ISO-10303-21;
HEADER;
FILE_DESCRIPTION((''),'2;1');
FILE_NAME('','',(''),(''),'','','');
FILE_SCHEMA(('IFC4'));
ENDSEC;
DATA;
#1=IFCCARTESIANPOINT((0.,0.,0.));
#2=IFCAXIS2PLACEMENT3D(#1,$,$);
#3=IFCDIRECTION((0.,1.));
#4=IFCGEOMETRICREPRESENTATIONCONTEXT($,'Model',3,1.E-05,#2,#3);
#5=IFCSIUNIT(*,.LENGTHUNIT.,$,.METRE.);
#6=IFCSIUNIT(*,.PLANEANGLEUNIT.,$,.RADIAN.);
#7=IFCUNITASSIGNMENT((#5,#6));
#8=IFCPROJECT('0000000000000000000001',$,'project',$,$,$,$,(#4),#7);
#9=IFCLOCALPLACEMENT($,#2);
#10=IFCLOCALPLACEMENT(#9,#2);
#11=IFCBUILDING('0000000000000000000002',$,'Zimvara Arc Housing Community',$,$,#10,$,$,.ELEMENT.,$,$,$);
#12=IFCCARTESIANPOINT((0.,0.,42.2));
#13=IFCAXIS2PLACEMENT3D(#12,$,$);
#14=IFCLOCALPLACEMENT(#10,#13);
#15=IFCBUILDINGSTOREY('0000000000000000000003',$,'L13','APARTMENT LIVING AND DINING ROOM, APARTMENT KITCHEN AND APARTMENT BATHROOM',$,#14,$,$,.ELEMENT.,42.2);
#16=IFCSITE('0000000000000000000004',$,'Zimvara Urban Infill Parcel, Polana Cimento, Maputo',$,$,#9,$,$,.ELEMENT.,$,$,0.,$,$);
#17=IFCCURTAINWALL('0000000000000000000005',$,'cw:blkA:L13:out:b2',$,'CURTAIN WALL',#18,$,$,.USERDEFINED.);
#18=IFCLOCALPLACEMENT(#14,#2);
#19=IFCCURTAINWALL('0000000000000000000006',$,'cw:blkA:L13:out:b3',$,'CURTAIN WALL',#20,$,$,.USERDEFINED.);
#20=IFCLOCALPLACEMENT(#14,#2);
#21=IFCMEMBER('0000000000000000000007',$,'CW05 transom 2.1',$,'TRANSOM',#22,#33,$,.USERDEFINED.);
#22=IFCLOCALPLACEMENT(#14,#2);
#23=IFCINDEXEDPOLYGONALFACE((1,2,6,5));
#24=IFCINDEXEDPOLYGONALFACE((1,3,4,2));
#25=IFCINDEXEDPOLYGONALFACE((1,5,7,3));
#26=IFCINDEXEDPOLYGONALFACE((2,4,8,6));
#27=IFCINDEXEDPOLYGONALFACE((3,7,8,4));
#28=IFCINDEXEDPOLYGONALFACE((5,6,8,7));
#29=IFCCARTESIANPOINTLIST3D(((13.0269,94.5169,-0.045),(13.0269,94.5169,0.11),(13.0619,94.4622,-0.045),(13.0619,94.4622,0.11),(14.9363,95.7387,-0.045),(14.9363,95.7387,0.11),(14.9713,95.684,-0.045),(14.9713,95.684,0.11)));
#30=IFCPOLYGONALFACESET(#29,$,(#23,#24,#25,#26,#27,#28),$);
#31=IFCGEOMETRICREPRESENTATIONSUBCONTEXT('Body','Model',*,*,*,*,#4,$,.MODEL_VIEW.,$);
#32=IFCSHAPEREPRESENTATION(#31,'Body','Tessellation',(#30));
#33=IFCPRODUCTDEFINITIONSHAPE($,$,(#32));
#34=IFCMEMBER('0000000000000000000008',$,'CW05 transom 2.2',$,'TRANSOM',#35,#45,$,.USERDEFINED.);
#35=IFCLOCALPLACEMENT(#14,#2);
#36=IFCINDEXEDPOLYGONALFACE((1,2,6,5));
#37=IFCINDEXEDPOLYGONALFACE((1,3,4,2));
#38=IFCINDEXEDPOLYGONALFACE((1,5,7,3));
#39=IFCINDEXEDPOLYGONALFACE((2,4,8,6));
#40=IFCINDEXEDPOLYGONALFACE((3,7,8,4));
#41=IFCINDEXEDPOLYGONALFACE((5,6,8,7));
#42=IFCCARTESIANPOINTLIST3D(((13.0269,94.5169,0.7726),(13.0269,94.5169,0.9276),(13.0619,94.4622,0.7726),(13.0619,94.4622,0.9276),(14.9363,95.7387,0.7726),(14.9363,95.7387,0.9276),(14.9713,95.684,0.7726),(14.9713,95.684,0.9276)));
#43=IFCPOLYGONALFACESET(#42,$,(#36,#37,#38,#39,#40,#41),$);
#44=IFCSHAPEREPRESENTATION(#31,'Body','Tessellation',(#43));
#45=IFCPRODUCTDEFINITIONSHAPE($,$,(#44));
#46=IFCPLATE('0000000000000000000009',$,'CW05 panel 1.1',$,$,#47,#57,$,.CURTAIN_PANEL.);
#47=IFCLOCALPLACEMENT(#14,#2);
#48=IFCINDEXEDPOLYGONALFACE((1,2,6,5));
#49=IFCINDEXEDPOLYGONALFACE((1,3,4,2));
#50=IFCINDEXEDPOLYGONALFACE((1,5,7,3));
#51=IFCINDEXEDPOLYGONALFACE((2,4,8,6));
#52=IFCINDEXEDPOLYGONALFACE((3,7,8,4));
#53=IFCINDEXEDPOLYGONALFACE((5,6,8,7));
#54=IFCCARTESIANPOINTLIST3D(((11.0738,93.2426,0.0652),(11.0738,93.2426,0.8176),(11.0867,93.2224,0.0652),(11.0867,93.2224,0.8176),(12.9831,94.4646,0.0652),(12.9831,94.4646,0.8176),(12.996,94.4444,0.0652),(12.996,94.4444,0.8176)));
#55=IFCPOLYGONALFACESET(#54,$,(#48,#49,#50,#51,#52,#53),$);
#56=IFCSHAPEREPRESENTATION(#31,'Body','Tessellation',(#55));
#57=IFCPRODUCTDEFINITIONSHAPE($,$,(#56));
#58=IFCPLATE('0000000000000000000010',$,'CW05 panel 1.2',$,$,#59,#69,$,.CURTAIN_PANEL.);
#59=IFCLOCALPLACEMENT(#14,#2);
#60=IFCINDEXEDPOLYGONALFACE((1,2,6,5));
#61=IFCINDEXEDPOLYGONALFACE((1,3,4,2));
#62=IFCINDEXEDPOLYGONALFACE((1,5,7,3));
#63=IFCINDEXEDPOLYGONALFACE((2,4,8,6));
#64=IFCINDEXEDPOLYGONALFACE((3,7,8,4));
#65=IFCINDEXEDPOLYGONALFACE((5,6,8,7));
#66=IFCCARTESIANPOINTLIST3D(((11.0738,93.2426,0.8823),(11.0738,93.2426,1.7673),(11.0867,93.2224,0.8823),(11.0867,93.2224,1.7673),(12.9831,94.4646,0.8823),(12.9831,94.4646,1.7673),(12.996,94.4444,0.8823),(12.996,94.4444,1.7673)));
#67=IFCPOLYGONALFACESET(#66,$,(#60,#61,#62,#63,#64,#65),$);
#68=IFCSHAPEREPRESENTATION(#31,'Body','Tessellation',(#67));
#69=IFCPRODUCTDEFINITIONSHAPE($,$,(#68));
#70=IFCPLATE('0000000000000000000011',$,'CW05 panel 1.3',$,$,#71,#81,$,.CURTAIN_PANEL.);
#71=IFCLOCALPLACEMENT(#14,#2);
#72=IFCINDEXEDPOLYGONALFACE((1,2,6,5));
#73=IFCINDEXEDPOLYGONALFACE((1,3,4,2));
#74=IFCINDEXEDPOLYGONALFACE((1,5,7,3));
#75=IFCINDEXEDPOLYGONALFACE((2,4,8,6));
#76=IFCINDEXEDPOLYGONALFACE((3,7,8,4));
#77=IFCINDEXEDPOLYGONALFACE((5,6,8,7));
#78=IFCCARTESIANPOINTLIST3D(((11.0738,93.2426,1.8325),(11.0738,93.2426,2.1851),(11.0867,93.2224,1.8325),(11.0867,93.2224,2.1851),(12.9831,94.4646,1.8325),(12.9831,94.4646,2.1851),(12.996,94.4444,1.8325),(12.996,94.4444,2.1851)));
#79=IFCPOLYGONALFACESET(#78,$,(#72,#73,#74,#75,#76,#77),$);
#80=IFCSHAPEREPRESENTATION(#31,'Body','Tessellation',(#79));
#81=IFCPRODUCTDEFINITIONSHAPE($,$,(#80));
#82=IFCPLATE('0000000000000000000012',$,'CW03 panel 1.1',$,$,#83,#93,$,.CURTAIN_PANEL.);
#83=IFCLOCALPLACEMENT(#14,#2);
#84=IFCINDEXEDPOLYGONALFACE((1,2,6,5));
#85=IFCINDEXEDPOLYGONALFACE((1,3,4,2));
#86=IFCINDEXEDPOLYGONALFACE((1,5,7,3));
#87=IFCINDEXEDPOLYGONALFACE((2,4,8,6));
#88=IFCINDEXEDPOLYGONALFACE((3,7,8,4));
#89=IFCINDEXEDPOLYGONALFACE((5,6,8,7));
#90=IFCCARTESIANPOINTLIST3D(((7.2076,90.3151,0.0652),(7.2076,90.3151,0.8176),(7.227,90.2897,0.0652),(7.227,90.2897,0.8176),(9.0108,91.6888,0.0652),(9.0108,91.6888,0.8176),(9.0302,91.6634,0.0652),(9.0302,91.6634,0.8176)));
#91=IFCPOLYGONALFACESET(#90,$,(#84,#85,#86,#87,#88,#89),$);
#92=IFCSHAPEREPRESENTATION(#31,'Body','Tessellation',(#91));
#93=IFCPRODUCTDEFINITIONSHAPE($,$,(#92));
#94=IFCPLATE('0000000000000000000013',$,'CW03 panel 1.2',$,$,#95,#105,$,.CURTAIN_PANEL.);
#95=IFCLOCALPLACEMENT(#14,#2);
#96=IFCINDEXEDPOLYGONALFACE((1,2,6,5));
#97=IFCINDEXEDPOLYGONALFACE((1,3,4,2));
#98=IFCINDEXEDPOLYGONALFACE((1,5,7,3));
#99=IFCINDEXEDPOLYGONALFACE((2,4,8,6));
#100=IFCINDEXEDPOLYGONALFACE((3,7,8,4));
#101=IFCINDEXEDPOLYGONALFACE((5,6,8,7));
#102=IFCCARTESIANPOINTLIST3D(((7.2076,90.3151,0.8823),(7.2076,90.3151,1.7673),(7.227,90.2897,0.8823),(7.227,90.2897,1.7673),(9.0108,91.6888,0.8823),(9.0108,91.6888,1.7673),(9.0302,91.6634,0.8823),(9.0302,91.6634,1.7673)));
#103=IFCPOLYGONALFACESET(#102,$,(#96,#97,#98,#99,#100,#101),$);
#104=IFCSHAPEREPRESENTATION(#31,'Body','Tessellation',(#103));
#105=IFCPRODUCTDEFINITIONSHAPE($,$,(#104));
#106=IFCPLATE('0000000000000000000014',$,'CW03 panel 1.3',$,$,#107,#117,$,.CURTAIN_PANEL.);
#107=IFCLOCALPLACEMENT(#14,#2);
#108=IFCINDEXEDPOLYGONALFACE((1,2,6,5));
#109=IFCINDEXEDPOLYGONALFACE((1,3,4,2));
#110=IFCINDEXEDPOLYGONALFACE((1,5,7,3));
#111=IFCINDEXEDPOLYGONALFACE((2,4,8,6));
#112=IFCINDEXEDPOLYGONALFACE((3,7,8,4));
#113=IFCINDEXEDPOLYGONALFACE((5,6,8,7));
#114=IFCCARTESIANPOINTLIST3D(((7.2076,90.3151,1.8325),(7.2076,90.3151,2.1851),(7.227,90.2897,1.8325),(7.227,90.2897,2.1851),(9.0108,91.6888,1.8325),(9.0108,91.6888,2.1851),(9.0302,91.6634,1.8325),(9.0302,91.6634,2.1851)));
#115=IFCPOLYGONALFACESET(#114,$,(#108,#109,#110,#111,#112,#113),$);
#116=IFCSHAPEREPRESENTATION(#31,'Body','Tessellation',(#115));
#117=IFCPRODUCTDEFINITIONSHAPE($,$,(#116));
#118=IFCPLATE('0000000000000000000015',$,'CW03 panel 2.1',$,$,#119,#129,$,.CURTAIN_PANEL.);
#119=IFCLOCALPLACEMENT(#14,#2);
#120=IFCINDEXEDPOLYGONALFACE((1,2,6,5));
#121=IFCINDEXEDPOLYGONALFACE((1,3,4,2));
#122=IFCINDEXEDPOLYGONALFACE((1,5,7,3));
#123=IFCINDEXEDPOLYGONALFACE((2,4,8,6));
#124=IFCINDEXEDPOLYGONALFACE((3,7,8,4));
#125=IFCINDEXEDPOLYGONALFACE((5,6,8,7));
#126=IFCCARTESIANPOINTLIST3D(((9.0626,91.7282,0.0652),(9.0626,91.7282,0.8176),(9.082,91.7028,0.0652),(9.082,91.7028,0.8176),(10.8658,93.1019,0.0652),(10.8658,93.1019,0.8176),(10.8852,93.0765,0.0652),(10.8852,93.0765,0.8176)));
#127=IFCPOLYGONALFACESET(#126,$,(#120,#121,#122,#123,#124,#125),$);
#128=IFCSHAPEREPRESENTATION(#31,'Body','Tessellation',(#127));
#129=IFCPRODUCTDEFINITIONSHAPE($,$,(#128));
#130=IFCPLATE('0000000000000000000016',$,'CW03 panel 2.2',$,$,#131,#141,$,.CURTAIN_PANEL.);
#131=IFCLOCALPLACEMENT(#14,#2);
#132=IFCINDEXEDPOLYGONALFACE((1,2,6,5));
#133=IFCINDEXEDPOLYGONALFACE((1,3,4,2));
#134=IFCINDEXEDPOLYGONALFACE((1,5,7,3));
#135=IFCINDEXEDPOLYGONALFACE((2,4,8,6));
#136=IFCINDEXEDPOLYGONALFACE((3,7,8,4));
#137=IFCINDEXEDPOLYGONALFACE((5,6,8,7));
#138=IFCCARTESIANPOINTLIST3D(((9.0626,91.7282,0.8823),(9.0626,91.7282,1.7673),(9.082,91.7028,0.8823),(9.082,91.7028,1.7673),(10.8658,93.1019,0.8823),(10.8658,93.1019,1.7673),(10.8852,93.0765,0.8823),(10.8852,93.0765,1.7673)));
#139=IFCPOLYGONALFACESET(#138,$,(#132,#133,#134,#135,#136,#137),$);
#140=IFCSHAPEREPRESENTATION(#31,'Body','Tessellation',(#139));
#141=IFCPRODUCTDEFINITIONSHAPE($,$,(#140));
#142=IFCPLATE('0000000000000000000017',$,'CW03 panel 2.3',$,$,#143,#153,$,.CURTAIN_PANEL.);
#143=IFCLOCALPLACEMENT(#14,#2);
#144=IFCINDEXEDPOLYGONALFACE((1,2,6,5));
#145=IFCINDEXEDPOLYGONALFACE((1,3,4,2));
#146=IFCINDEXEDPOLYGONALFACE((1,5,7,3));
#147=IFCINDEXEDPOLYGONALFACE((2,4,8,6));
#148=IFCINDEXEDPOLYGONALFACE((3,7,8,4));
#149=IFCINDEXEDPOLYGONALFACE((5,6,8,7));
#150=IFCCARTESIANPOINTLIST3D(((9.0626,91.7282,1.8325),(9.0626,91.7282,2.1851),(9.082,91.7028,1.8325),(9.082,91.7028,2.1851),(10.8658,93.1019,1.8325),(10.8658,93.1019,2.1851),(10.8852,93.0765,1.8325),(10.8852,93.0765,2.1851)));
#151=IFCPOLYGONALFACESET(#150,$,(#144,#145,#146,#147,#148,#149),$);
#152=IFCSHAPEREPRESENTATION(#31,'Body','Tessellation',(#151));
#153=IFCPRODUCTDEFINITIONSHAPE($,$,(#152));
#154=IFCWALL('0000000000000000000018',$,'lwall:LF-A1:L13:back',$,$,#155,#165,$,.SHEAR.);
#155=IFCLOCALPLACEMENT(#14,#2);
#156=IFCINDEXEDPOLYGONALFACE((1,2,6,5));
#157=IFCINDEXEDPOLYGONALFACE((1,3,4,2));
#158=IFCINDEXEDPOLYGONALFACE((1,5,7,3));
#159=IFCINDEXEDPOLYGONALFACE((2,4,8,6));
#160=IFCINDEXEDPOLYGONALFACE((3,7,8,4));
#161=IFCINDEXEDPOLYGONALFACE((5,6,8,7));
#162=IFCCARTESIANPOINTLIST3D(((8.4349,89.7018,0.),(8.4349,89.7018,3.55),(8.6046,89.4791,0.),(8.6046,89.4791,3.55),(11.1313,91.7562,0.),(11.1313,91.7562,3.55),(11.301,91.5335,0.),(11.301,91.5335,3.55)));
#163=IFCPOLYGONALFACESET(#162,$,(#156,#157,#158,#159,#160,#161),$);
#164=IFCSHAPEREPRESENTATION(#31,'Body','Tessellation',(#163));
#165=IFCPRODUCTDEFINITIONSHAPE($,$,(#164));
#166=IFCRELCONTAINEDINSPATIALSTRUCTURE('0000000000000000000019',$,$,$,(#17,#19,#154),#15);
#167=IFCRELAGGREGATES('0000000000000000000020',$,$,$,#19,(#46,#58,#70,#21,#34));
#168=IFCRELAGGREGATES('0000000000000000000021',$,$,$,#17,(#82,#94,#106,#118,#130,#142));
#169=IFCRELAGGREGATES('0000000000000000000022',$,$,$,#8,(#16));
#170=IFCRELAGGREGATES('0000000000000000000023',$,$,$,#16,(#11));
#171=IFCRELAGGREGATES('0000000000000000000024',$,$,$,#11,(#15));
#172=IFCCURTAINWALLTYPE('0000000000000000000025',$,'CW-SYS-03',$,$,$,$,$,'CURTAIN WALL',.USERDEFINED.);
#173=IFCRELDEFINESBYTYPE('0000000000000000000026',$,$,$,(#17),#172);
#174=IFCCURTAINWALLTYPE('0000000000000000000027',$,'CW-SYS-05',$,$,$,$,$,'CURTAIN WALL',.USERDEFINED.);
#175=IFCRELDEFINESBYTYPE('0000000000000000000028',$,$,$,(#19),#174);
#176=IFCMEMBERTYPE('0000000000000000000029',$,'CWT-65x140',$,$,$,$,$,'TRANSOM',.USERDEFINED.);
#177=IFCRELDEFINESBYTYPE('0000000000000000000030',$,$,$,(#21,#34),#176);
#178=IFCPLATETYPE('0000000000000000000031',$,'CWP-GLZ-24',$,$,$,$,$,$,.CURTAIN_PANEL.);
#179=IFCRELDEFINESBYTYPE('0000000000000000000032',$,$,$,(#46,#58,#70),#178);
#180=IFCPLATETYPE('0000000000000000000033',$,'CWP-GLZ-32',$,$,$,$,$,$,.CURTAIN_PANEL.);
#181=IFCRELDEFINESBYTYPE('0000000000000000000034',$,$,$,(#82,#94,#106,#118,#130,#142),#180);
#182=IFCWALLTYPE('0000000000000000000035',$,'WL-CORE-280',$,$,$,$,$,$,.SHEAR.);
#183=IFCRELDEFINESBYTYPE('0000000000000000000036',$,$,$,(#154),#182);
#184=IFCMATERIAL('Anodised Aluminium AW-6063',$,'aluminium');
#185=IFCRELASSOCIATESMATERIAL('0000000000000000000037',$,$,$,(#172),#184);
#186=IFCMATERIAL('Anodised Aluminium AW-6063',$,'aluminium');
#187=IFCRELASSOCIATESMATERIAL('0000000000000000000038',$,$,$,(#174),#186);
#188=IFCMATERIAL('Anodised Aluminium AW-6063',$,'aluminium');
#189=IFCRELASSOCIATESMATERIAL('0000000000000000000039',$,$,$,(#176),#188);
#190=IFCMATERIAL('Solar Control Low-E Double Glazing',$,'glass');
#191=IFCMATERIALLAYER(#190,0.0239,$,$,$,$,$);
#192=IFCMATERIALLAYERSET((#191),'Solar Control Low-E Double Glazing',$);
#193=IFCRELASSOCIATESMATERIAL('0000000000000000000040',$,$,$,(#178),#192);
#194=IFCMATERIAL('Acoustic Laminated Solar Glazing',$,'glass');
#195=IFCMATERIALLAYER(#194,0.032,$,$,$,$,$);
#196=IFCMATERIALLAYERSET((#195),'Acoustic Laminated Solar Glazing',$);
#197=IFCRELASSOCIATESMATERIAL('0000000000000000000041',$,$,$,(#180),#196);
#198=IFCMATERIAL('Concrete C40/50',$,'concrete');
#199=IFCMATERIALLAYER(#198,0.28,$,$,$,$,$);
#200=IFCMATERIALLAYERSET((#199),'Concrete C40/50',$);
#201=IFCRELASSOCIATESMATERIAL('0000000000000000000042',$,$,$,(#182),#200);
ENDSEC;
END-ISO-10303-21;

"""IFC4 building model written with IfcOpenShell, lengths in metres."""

from ifc_helpers import new_model, si_unit, direction, frame, frame_2d, origin, origin_2d, place, context, subcontext, project, spatial, rectangle, extrude, material, layer, layer_set, material_profile, profile_set, type_object, element, aggregate, save


model = new_model("IFC4")

# Units and contexts
model_context = context("Model", 3, precision=1e-05, world=origin(), true_north=direction((0.0, 1.0)))
body_context = subcontext(model_context, "Body", "Model", "MODEL_VIEW")
ifc_project = project(units=[si_unit("LENGTHUNIT", "METRE"), si_unit("PLANEANGLEUNIT", "RADIAN")], contexts=[model_context])

# Site, building, storey
site_placement = place(None, origin())
site = spatial("IfcSite", under=ifc_project, at=site_placement, Name="Zimvara Urban Infill Parcel, Polana Cimento, Maputo", CompositionType="ELEMENT", RefElevation=0.0)
building_placement = place(site_placement, origin())
building = spatial("IfcBuilding", under=site, at=building_placement, Name="Zimvara Arc Housing Community", CompositionType="ELEMENT")
storey_placement = place(building_placement, frame((0.0, 0.0, 42.2)))
storey = spatial("IfcBuildingStorey", under=building, at=storey_placement, Name="L13", Description="APARTMENT LIVING AND DINING ROOM, APARTMENT KITCHEN AND APARTMENT BATHROOM", CompositionType="ELEMENT", Elevation=42.2)

# Curtain walls
ifc_material_1 = material(Name="Anodised Aluminium AW-6063", Category="aluminium")
curtain_wall_type_1 = type_object("IfcCurtainWallType", Name="CW-SYS-03", ElementType="CURTAIN WALL", PredefinedType="USERDEFINED", material=ifc_material_1)
curtain_wall_1_placement = place(storey_placement, origin())
curtain_wall_1 = element("IfcCurtainWall", 1, at=curtain_wall_1_placement, inside=storey, type_object=curtain_wall_type_1, Name="cw:blkA:L13:out:b2", ObjectType="CURTAIN WALL", PredefinedType="USERDEFINED")
ifc_material_2 = material(Name="Anodised Aluminium AW-6063", Category="aluminium")
curtain_wall_type_2 = type_object("IfcCurtainWallType", Name="CW-SYS-05", ElementType="CURTAIN WALL", PredefinedType="USERDEFINED", material=ifc_material_2)
curtain_wall_2_placement = place(storey_placement, origin())
curtain_wall_2 = element("IfcCurtainWall", 2, at=curtain_wall_2_placement, inside=storey, type_object=curtain_wall_type_2, Name="cw:blkA:L13:out:b3", ObjectType="CURTAIN WALL", PredefinedType="USERDEFINED")

# Members
ifc_material_3 = material(Name="Anodised Aluminium AW-6063", Category="aluminium")
ifc_material_profile_1 = material_profile(ifc_material_3, rectangle(XDim=0.0649, YDim=0.155, at=origin_2d()), Name="ALU 65x155")
ifc_profile_set_1 = profile_set([ifc_material_profile_1], Name="Anodised Aluminium AW-6063")
member_type_1 = type_object("IfcMemberType", Name="CWT-65x140", ElementType="TRANSOM", PredefinedType="USERDEFINED", material=ifc_profile_set_1)
member_1_placement = place(storey_placement, frame((13.0444, 94.4895, 0.0325), z_axis=(0.842293, 0.53902, 0.0), x_axis=(-0.53902, 0.842293, 0.0)))
member_1 = element("IfcMember", 3, at=member_1_placement, type_object=member_type_1, Name="CW05 transom 2.1", ObjectType="TRANSOM", PredefinedType="USERDEFINED", context=body_context, shape_type="SweptSolid", body=[
    extrude(rectangle(XDim=0.0649, YDim=0.155, at=origin_2d()), origin(), (0.0, 0.0, 1.0), 2.2668),
])
member_2_placement = place(storey_placement, frame((13.0444, 94.4895, 0.8501), z_axis=(0.842293, 0.53902, 0.0), x_axis=(-0.53902, 0.842293, 0.0)))
member_2 = element("IfcMember", 4, at=member_2_placement, type_object=member_type_1, Name="CW05 transom 2.2", ObjectType="TRANSOM", PredefinedType="USERDEFINED", context=body_context, shape_type="SweptSolid", body=[
    extrude(rectangle(XDim=0.0649, YDim=0.155, at=origin_2d()), origin(), (0.0, 0.0, 1.0), 2.2668),
])

# Plates
ifc_material_4 = material(Name="Solar Control Low-E Double Glazing", Category="glass")
ifc_layer_1 = layer(ifc_material_4, 0.0239)
ifc_layer_set_1 = layer_set([ifc_layer_1], Name="Solar Control Low-E Double Glazing")
plate_type_1 = type_object("IfcPlateType", Name="CWP-GLZ-24", PredefinedType="CURTAIN_PANEL", material=ifc_layer_set_1)
plate_1_placement = place(storey_placement, frame((12.0349, 93.8435, 0.0652), z_axis=(0.0, 0.0, 1.0), x_axis=(0.842264, 0.539065, 0.0)))
plate_1 = element("IfcPlate", 5, at=plate_1_placement, type_object=plate_type_1, Name="CW05 panel 1.1", PredefinedType="CURTAIN_PANEL", context=body_context, shape_type="SweptSolid", body=[
    extrude(rectangle(XDim=2.2668, YDim=0.0239, at=origin_2d()), origin(), (0.0, 0.0, 1.0), 0.7524),
])
plate_2_placement = place(storey_placement, frame((12.0349, 93.8435, 0.8823), z_axis=(0.0, 0.0, 1.0), x_axis=(0.842264, 0.539065, 0.0)))
plate_2 = element("IfcPlate", 6, at=plate_2_placement, type_object=plate_type_1, Name="CW05 panel 1.2", PredefinedType="CURTAIN_PANEL", context=body_context, shape_type="SweptSolid", body=[
    extrude(rectangle(XDim=2.2668, YDim=0.0239, at=origin_2d()), origin(), (0.0, 0.0, 1.0), 0.885),
])
plate_3_placement = place(storey_placement, frame((12.0349, 93.8435, 1.8325), z_axis=(0.0, 0.0, 1.0), x_axis=(0.842264, 0.539065, 0.0)))
plate_3 = element("IfcPlate", 7, at=plate_3_placement, type_object=plate_type_1, Name="CW05 panel 1.3", PredefinedType="CURTAIN_PANEL", context=body_context, shape_type="SweptSolid", body=[
    extrude(rectangle(XDim=2.2668, YDim=0.0239, at=origin_2d()), origin(), (0.0, 0.0, 1.0), 0.3525),
])
aggregate(curtain_wall_2, [plate_1, plate_2, plate_3, member_1, member_2])
ifc_material_5 = material(Name="Acoustic Laminated Solar Glazing", Category="glass")
ifc_layer_2 = layer(ifc_material_5, 0.032)
ifc_layer_set_2 = layer_set([ifc_layer_2], Name="Acoustic Laminated Solar Glazing")
plate_type_2 = type_object("IfcPlateType", Name="CWP-GLZ-32", PredefinedType="CURTAIN_PANEL", material=ifc_layer_set_2)
plate_4_placement = place(storey_placement, frame((8.1189, 90.9893, 0.0652), z_axis=(0.0, 0.0, 1.0), x_axis=(0.795474, 0.605988, 0.0)))
plate_4 = element("IfcPlate", 8, at=plate_4_placement, type_object=plate_type_2, Name="CW03 panel 1.1", PredefinedType="CURTAIN_PANEL", context=body_context, shape_type="SweptSolid", body=[
    extrude(rectangle(XDim=2.2668, YDim=0.032, at=origin_2d()), origin(), (0.0, 0.0, 1.0), 0.7524),
])
plate_5_placement = place(storey_placement, frame((8.1189, 90.9893, 0.8823), z_axis=(0.0, 0.0, 1.0), x_axis=(0.795474, 0.605988, 0.0)))
plate_5 = element("IfcPlate", 9, at=plate_5_placement, type_object=plate_type_2, Name="CW03 panel 1.2", PredefinedType="CURTAIN_PANEL", context=body_context, shape_type="SweptSolid", body=[
    extrude(rectangle(XDim=2.2668, YDim=0.032, at=origin_2d()), origin(), (0.0, 0.0, 1.0), 0.885),
])
plate_6_placement = place(storey_placement, frame((8.1189, 90.9893, 1.8325), z_axis=(0.0, 0.0, 1.0), x_axis=(0.795474, 0.605988, 0.0)))
plate_6 = element("IfcPlate", 10, at=plate_6_placement, type_object=plate_type_2, Name="CW03 panel 1.3", PredefinedType="CURTAIN_PANEL", context=body_context, shape_type="SweptSolid", body=[
    extrude(rectangle(XDim=2.2668, YDim=0.032, at=origin_2d()), origin(), (0.0, 0.0, 1.0), 0.3525),
])
plate_7_placement = place(storey_placement, frame((9.9739, 92.4023, 0.0652), z_axis=(0.0, 0.0, 1.0), x_axis=(0.795474, 0.605988, 0.0)))
plate_7 = element("IfcPlate", 11, at=plate_7_placement, type_object=plate_type_2, Name="CW03 panel 2.1", PredefinedType="CURTAIN_PANEL", context=body_context, shape_type="SweptSolid", body=[
    extrude(rectangle(XDim=2.2668, YDim=0.032, at=origin_2d()), origin(), (0.0, 0.0, 1.0), 0.7524),
])
plate_8_placement = place(storey_placement, frame((9.9739, 92.4023, 0.8823), z_axis=(0.0, 0.0, 1.0), x_axis=(0.795474, 0.605988, 0.0)))
plate_8 = element("IfcPlate", 12, at=plate_8_placement, type_object=plate_type_2, Name="CW03 panel 2.2", PredefinedType="CURTAIN_PANEL", context=body_context, shape_type="SweptSolid", body=[
    extrude(rectangle(XDim=2.2668, YDim=0.032, at=origin_2d()), origin(), (0.0, 0.0, 1.0), 0.885),
])
plate_9_placement = place(storey_placement, frame((9.9739, 92.4023, 1.8325), z_axis=(0.0, 0.0, 1.0), x_axis=(0.795474, 0.605988, 0.0)))
plate_9 = element("IfcPlate", 13, at=plate_9_placement, type_object=plate_type_2, Name="CW03 panel 2.3", PredefinedType="CURTAIN_PANEL", context=body_context, shape_type="SweptSolid", body=[
    extrude(rectangle(XDim=2.2668, YDim=0.032, at=origin_2d()), origin(), (0.0, 0.0, 1.0), 0.3525),
])
aggregate(curtain_wall_1, [plate_4, plate_5, plate_6, plate_7, plate_8, plate_9])

# Wall
ifc_material_6 = material(Name="Concrete C40/50", Category="concrete")
ifc_layer_3 = layer(ifc_material_6, 0.28)
ifc_layer_set_3 = layer_set([ifc_layer_3], Name="Concrete C40/50")
wall_type = type_object("IfcWallType", Name="WL-CORE-280", PredefinedType="SHEAR", material=ifc_layer_set_3)
wall_placement = place(storey_placement, frame((11.2161, 91.6448, 0.0), z_axis=(0.0, 0.0, 1.0), x_axis=(-0.79544, -0.606032, 0.0)))
element("IfcWall", 14, at=wall_placement, inside=storey, type_object=wall_type, Name="lwall:LF-A1:L13:back", PredefinedType="SHEAR", context=body_context, shape_type="SweptSolid", body=[
    extrude(rectangle(XDim=3.3899, YDim=0.28, at=frame_2d((1.6948, 0.0))), origin(), (0.0, 0.0, 1.0), 3.55),
])

save(model, "model.ifc")
